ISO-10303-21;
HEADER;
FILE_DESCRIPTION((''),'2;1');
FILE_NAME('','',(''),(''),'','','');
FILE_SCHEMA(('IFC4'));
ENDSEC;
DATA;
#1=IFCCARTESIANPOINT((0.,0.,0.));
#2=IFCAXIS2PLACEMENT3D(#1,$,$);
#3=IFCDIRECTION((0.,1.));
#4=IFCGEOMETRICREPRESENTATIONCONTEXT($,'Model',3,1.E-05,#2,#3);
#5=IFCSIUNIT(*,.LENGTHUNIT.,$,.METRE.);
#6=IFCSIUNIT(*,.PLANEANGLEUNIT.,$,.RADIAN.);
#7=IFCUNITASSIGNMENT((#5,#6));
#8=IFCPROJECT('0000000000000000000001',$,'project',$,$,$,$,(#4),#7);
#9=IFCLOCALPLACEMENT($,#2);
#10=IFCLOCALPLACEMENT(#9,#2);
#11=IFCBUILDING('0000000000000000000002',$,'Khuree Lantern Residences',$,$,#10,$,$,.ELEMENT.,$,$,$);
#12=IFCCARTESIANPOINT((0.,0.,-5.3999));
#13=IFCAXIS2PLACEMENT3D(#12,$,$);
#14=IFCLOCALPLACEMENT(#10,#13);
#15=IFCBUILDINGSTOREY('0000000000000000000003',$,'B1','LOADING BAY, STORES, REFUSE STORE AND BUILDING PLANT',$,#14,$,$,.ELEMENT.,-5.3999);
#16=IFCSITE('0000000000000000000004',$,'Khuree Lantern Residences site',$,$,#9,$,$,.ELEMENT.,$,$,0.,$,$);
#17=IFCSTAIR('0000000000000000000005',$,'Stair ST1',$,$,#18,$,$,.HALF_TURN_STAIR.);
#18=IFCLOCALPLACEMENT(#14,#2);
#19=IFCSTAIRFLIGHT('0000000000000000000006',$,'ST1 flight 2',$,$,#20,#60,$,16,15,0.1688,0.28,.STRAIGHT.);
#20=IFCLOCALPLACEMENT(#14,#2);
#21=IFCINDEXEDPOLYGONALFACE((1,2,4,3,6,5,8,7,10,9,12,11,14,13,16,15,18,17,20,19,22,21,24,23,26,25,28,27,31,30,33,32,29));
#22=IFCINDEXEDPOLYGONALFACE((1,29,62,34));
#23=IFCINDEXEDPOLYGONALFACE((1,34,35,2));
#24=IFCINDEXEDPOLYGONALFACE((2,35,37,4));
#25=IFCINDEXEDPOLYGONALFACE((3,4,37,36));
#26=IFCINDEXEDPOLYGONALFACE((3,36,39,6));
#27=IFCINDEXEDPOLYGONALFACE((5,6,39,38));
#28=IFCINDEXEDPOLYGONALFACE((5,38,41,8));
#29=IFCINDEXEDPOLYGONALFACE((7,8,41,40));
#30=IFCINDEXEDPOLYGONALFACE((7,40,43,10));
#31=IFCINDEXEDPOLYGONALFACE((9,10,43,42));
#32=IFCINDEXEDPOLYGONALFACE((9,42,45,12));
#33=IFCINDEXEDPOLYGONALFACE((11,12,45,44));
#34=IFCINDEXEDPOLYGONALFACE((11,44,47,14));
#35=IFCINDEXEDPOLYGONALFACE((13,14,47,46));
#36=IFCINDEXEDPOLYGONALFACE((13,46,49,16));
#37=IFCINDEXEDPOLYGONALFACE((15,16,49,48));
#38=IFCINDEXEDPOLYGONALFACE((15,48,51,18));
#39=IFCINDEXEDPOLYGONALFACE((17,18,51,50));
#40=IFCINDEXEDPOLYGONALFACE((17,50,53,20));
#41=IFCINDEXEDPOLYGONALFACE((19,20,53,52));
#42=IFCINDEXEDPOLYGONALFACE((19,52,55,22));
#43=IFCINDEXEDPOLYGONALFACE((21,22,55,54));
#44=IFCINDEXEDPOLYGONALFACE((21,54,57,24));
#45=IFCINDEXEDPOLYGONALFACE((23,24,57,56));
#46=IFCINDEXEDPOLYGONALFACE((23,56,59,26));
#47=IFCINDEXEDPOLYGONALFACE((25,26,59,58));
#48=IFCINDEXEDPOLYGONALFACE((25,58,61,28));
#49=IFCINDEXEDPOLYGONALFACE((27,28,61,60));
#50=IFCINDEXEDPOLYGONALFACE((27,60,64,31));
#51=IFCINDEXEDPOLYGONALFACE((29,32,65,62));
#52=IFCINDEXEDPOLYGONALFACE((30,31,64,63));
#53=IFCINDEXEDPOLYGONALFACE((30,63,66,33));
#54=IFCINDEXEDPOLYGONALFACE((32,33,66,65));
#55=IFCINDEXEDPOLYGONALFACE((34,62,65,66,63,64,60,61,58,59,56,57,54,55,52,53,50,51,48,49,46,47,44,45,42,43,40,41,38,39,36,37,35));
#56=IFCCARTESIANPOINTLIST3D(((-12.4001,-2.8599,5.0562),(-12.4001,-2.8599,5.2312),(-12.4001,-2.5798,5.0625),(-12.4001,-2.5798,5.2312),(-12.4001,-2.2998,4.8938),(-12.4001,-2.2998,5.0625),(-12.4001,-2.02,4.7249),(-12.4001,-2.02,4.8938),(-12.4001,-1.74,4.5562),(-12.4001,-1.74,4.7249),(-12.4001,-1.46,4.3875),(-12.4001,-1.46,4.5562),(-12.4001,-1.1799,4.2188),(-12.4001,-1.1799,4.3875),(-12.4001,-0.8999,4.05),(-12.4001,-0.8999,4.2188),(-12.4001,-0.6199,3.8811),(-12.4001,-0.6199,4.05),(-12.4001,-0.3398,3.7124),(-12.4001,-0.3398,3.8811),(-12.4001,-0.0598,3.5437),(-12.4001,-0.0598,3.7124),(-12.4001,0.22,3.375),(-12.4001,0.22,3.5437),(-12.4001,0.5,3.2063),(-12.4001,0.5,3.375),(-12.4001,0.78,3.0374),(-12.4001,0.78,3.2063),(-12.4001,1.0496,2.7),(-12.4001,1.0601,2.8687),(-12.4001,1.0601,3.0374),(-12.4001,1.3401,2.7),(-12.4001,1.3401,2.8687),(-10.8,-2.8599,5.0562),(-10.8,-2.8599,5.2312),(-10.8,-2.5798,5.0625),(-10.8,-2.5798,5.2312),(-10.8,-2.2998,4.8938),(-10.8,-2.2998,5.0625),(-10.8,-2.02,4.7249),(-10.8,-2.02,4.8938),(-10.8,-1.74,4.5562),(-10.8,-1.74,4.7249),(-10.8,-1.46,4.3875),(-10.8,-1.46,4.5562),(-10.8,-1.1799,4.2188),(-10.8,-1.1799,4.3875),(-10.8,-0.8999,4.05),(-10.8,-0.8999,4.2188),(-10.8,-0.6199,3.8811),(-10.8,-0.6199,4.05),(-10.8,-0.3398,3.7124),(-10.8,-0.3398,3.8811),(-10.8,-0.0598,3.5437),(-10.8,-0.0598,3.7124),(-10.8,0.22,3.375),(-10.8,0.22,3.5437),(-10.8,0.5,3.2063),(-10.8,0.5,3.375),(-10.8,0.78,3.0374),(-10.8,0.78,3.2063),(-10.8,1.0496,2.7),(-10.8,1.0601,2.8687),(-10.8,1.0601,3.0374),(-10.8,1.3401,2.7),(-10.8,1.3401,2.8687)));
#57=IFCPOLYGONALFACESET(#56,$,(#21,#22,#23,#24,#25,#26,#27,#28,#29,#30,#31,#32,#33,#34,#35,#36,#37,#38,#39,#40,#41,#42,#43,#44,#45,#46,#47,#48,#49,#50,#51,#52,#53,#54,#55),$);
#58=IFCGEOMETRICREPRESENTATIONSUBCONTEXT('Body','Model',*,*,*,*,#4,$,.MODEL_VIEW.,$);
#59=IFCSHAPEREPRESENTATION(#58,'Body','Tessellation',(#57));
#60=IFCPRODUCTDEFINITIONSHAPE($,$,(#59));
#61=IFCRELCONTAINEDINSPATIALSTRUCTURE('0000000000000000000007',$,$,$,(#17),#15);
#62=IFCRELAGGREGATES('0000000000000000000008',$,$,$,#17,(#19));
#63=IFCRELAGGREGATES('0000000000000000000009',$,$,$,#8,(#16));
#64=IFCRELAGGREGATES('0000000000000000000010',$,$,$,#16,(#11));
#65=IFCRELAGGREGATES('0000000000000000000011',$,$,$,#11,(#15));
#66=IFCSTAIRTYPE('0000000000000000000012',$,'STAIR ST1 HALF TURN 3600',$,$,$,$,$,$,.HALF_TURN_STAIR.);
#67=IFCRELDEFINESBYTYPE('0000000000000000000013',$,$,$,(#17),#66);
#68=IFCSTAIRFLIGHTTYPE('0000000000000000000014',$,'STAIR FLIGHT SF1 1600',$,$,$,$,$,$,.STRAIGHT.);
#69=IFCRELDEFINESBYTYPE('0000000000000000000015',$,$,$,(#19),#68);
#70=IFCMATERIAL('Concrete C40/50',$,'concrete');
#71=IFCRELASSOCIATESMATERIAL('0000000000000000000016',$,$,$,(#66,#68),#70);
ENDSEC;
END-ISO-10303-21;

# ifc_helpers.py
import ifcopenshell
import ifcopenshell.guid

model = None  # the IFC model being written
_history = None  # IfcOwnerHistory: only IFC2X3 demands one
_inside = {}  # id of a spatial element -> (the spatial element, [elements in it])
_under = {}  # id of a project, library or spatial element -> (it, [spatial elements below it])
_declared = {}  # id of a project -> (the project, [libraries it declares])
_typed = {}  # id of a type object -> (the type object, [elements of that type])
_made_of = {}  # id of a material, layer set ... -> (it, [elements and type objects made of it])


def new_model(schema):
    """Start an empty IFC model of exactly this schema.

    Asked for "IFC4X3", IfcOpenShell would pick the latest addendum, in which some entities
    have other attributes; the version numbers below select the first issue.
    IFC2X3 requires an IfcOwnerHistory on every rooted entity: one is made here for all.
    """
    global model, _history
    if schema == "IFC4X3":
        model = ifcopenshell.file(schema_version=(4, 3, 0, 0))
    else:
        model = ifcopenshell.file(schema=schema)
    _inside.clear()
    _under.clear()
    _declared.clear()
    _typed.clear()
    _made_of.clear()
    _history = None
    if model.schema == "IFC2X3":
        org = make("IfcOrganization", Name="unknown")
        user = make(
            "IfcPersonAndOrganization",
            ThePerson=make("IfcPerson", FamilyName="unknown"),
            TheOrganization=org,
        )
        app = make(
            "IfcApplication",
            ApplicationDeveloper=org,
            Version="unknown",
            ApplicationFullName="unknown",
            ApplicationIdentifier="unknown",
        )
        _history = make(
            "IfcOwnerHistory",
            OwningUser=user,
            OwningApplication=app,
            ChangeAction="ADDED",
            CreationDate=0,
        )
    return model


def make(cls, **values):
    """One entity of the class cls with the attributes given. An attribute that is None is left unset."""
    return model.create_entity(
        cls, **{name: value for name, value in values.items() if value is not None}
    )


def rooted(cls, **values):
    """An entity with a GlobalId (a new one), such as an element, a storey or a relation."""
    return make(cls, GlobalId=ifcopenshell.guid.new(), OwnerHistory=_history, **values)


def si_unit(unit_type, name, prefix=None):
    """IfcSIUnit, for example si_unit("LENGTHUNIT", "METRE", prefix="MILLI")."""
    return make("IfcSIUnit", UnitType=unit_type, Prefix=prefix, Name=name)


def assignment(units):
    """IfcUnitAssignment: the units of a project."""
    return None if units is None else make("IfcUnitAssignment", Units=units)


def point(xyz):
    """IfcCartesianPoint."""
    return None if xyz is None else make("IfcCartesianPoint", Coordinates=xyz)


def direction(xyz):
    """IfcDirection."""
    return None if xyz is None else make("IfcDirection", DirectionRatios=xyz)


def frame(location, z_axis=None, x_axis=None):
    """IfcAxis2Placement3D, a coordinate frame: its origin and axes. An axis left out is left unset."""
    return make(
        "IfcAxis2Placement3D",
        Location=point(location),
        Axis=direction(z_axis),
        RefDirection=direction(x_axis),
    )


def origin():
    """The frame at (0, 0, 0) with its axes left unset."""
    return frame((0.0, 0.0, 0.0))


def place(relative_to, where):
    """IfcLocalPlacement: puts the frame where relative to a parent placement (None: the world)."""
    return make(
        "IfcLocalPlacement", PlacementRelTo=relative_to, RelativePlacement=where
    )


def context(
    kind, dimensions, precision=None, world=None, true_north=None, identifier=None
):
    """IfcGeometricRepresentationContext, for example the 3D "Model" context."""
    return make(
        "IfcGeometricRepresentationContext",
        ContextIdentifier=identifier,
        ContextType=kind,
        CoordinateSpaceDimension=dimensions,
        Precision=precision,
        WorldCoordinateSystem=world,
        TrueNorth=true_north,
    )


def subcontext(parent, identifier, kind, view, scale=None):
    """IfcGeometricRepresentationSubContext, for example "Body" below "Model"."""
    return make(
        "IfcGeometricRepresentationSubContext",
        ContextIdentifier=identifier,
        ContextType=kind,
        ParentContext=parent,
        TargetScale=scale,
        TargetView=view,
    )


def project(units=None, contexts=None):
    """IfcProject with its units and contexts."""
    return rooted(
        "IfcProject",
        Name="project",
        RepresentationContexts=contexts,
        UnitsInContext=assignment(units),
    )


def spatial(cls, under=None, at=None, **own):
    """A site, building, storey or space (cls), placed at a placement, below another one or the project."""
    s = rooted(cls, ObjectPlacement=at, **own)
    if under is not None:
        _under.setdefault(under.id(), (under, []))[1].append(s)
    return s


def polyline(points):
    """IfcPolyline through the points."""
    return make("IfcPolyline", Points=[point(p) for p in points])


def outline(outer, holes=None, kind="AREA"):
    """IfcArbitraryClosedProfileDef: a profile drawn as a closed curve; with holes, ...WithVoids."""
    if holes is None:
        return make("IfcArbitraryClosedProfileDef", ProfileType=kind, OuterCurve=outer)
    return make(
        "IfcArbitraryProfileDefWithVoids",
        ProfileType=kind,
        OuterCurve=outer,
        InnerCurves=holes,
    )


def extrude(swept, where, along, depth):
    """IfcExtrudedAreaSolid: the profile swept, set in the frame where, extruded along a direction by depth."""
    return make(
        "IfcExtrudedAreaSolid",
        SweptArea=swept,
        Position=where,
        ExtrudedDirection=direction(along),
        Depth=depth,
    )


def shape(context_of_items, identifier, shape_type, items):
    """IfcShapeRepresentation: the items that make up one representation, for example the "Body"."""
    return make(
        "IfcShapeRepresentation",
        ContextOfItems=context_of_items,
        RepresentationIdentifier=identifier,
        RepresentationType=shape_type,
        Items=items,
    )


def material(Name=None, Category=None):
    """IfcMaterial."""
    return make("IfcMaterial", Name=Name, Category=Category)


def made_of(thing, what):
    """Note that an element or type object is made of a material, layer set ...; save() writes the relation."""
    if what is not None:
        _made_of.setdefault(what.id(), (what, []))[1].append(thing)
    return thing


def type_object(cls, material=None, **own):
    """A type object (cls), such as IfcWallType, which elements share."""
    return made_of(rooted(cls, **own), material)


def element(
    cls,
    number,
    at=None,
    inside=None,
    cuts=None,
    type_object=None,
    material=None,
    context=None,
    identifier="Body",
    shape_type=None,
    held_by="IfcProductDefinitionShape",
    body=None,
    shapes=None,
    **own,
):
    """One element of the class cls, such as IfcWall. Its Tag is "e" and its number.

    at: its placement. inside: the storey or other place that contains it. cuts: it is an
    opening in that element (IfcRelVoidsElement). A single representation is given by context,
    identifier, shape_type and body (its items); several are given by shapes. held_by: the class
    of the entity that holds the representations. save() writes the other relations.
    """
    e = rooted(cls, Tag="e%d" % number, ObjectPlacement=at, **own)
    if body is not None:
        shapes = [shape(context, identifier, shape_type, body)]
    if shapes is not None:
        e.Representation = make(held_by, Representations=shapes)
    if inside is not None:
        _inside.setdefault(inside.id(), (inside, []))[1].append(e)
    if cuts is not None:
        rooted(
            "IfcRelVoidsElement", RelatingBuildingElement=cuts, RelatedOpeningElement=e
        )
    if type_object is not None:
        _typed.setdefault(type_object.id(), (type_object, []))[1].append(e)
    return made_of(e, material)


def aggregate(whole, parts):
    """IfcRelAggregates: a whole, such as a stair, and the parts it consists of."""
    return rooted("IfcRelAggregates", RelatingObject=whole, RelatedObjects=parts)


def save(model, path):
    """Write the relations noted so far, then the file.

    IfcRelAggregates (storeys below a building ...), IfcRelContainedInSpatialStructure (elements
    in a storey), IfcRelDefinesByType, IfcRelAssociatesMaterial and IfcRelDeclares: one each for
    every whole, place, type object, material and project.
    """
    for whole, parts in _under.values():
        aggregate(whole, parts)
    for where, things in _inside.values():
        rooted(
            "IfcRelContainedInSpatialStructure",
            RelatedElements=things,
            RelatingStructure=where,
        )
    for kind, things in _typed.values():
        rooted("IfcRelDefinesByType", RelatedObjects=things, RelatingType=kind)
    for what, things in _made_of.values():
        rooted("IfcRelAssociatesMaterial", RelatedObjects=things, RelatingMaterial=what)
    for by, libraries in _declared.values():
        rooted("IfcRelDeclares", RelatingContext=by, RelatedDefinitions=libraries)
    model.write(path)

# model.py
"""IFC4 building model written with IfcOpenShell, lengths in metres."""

from ifc_helpers import new_model, si_unit, direction, frame, origin, place, context, subcontext, project, spatial, polyline, outline, extrude, material, type_object, element, aggregate, save


model = new_model("IFC4")

# Units and contexts
model_context = context("Model", 3, precision=1e-05, world=origin(), true_north=direction((0.0, 1.0)))
body_context = subcontext(model_context, "Body", "Model", "MODEL_VIEW")
ifc_project = project(units=[si_unit("LENGTHUNIT", "METRE"), si_unit("PLANEANGLEUNIT", "RADIAN")], contexts=[model_context])

# Site, building, storey
site_placement = place(None, origin())
site = spatial("IfcSite", under=ifc_project, at=site_placement, Name="Khuree Lantern Residences site", CompositionType="ELEMENT", RefElevation=0.0)
building_placement = place(site_placement, origin())
building = spatial("IfcBuilding", under=site, at=building_placement, Name="Khuree Lantern Residences", CompositionType="ELEMENT")
storey_placement = place(building_placement, frame((0.0, 0.0, -5.3999)))
storey = spatial("IfcBuildingStorey", under=building, at=storey_placement, Name="B1", Description="LOADING BAY, STORES, REFUSE STORE AND BUILDING PLANT", CompositionType="ELEMENT", Elevation=-5.3999)

# Shared definitions
ifc_material_1 = material(Name="Concrete C40/50", Category="concrete")

# Stair
stair_type = type_object("IfcStairType", Name="STAIR ST1 HALF TURN 3600", PredefinedType="HALF_TURN_STAIR", material=ifc_material_1)
stair_placement = place(storey_placement, origin())
stair = element("IfcStair", 1, at=stair_placement, inside=storey, type_object=stair_type, Name="Stair ST1", PredefinedType="HALF_TURN_STAIR")

# Stair flight
stair_flight_type = type_object("IfcStairFlightType", Name="STAIR FLIGHT SF1 1600", PredefinedType="STRAIGHT", material=ifc_material_1)
stair_flight_placement = place(storey_placement, frame((-11.6001, 1.3401, 2.7), z_axis=(0.0, 0.0, 1.0), x_axis=(0.0, -1.0, 0.0)))
stair_flight = element("IfcStairFlight", 2, at=stair_flight_placement, type_object=stair_flight_type, Name="ST1 flight 2", NumberOfRisers=16, NumberOfTreads=15, PredefinedType="STRAIGHT", RiserHeight=0.1688, TreadLength=0.28, context=body_context, shape_type="SweptSolid", body=[
    extrude(outline(polyline([(0.0, 0.0), (0.0, 0.1687), (0.28, 0.1687), (0.28, 0.3374), (0.5601, 0.3374), (0.5601, 0.5063), (0.8401, 0.5063), (0.8401, 0.675), (1.1201, 0.675), (1.1201, 0.8438), (1.3999, 0.8438), (1.3999, 1.0125), (1.6799, 1.0125), (1.6799, 1.1812), (1.96, 1.1812), (1.96, 1.3501), (2.24, 1.3501), (2.24, 1.5188), (2.52, 1.5188), (2.52, 1.6875), (2.8, 1.6875), (2.8, 1.8562), (3.0801, 1.8562), (3.0801, 2.0249), (3.3601, 2.0249), (3.3601, 2.1938), (3.6399, 2.1938), (3.6399, 2.3625), (3.9199, 2.3625), (3.9199, 2.5312), (4.2, 2.5312), (4.2, 2.7), (4.2, 2.3562), (0.2905, 0.0), (0.0, 0.0)])), frame((0.0, 0.8, 0.0), z_axis=(0.0, -1.0, 0.0), x_axis=(1.0, 0.0, 0.0)), (0.0, 0.0, 1.0), 1.6001),
])
aggregate(stair, [stair_flight])

save(model, "model.ifc")
